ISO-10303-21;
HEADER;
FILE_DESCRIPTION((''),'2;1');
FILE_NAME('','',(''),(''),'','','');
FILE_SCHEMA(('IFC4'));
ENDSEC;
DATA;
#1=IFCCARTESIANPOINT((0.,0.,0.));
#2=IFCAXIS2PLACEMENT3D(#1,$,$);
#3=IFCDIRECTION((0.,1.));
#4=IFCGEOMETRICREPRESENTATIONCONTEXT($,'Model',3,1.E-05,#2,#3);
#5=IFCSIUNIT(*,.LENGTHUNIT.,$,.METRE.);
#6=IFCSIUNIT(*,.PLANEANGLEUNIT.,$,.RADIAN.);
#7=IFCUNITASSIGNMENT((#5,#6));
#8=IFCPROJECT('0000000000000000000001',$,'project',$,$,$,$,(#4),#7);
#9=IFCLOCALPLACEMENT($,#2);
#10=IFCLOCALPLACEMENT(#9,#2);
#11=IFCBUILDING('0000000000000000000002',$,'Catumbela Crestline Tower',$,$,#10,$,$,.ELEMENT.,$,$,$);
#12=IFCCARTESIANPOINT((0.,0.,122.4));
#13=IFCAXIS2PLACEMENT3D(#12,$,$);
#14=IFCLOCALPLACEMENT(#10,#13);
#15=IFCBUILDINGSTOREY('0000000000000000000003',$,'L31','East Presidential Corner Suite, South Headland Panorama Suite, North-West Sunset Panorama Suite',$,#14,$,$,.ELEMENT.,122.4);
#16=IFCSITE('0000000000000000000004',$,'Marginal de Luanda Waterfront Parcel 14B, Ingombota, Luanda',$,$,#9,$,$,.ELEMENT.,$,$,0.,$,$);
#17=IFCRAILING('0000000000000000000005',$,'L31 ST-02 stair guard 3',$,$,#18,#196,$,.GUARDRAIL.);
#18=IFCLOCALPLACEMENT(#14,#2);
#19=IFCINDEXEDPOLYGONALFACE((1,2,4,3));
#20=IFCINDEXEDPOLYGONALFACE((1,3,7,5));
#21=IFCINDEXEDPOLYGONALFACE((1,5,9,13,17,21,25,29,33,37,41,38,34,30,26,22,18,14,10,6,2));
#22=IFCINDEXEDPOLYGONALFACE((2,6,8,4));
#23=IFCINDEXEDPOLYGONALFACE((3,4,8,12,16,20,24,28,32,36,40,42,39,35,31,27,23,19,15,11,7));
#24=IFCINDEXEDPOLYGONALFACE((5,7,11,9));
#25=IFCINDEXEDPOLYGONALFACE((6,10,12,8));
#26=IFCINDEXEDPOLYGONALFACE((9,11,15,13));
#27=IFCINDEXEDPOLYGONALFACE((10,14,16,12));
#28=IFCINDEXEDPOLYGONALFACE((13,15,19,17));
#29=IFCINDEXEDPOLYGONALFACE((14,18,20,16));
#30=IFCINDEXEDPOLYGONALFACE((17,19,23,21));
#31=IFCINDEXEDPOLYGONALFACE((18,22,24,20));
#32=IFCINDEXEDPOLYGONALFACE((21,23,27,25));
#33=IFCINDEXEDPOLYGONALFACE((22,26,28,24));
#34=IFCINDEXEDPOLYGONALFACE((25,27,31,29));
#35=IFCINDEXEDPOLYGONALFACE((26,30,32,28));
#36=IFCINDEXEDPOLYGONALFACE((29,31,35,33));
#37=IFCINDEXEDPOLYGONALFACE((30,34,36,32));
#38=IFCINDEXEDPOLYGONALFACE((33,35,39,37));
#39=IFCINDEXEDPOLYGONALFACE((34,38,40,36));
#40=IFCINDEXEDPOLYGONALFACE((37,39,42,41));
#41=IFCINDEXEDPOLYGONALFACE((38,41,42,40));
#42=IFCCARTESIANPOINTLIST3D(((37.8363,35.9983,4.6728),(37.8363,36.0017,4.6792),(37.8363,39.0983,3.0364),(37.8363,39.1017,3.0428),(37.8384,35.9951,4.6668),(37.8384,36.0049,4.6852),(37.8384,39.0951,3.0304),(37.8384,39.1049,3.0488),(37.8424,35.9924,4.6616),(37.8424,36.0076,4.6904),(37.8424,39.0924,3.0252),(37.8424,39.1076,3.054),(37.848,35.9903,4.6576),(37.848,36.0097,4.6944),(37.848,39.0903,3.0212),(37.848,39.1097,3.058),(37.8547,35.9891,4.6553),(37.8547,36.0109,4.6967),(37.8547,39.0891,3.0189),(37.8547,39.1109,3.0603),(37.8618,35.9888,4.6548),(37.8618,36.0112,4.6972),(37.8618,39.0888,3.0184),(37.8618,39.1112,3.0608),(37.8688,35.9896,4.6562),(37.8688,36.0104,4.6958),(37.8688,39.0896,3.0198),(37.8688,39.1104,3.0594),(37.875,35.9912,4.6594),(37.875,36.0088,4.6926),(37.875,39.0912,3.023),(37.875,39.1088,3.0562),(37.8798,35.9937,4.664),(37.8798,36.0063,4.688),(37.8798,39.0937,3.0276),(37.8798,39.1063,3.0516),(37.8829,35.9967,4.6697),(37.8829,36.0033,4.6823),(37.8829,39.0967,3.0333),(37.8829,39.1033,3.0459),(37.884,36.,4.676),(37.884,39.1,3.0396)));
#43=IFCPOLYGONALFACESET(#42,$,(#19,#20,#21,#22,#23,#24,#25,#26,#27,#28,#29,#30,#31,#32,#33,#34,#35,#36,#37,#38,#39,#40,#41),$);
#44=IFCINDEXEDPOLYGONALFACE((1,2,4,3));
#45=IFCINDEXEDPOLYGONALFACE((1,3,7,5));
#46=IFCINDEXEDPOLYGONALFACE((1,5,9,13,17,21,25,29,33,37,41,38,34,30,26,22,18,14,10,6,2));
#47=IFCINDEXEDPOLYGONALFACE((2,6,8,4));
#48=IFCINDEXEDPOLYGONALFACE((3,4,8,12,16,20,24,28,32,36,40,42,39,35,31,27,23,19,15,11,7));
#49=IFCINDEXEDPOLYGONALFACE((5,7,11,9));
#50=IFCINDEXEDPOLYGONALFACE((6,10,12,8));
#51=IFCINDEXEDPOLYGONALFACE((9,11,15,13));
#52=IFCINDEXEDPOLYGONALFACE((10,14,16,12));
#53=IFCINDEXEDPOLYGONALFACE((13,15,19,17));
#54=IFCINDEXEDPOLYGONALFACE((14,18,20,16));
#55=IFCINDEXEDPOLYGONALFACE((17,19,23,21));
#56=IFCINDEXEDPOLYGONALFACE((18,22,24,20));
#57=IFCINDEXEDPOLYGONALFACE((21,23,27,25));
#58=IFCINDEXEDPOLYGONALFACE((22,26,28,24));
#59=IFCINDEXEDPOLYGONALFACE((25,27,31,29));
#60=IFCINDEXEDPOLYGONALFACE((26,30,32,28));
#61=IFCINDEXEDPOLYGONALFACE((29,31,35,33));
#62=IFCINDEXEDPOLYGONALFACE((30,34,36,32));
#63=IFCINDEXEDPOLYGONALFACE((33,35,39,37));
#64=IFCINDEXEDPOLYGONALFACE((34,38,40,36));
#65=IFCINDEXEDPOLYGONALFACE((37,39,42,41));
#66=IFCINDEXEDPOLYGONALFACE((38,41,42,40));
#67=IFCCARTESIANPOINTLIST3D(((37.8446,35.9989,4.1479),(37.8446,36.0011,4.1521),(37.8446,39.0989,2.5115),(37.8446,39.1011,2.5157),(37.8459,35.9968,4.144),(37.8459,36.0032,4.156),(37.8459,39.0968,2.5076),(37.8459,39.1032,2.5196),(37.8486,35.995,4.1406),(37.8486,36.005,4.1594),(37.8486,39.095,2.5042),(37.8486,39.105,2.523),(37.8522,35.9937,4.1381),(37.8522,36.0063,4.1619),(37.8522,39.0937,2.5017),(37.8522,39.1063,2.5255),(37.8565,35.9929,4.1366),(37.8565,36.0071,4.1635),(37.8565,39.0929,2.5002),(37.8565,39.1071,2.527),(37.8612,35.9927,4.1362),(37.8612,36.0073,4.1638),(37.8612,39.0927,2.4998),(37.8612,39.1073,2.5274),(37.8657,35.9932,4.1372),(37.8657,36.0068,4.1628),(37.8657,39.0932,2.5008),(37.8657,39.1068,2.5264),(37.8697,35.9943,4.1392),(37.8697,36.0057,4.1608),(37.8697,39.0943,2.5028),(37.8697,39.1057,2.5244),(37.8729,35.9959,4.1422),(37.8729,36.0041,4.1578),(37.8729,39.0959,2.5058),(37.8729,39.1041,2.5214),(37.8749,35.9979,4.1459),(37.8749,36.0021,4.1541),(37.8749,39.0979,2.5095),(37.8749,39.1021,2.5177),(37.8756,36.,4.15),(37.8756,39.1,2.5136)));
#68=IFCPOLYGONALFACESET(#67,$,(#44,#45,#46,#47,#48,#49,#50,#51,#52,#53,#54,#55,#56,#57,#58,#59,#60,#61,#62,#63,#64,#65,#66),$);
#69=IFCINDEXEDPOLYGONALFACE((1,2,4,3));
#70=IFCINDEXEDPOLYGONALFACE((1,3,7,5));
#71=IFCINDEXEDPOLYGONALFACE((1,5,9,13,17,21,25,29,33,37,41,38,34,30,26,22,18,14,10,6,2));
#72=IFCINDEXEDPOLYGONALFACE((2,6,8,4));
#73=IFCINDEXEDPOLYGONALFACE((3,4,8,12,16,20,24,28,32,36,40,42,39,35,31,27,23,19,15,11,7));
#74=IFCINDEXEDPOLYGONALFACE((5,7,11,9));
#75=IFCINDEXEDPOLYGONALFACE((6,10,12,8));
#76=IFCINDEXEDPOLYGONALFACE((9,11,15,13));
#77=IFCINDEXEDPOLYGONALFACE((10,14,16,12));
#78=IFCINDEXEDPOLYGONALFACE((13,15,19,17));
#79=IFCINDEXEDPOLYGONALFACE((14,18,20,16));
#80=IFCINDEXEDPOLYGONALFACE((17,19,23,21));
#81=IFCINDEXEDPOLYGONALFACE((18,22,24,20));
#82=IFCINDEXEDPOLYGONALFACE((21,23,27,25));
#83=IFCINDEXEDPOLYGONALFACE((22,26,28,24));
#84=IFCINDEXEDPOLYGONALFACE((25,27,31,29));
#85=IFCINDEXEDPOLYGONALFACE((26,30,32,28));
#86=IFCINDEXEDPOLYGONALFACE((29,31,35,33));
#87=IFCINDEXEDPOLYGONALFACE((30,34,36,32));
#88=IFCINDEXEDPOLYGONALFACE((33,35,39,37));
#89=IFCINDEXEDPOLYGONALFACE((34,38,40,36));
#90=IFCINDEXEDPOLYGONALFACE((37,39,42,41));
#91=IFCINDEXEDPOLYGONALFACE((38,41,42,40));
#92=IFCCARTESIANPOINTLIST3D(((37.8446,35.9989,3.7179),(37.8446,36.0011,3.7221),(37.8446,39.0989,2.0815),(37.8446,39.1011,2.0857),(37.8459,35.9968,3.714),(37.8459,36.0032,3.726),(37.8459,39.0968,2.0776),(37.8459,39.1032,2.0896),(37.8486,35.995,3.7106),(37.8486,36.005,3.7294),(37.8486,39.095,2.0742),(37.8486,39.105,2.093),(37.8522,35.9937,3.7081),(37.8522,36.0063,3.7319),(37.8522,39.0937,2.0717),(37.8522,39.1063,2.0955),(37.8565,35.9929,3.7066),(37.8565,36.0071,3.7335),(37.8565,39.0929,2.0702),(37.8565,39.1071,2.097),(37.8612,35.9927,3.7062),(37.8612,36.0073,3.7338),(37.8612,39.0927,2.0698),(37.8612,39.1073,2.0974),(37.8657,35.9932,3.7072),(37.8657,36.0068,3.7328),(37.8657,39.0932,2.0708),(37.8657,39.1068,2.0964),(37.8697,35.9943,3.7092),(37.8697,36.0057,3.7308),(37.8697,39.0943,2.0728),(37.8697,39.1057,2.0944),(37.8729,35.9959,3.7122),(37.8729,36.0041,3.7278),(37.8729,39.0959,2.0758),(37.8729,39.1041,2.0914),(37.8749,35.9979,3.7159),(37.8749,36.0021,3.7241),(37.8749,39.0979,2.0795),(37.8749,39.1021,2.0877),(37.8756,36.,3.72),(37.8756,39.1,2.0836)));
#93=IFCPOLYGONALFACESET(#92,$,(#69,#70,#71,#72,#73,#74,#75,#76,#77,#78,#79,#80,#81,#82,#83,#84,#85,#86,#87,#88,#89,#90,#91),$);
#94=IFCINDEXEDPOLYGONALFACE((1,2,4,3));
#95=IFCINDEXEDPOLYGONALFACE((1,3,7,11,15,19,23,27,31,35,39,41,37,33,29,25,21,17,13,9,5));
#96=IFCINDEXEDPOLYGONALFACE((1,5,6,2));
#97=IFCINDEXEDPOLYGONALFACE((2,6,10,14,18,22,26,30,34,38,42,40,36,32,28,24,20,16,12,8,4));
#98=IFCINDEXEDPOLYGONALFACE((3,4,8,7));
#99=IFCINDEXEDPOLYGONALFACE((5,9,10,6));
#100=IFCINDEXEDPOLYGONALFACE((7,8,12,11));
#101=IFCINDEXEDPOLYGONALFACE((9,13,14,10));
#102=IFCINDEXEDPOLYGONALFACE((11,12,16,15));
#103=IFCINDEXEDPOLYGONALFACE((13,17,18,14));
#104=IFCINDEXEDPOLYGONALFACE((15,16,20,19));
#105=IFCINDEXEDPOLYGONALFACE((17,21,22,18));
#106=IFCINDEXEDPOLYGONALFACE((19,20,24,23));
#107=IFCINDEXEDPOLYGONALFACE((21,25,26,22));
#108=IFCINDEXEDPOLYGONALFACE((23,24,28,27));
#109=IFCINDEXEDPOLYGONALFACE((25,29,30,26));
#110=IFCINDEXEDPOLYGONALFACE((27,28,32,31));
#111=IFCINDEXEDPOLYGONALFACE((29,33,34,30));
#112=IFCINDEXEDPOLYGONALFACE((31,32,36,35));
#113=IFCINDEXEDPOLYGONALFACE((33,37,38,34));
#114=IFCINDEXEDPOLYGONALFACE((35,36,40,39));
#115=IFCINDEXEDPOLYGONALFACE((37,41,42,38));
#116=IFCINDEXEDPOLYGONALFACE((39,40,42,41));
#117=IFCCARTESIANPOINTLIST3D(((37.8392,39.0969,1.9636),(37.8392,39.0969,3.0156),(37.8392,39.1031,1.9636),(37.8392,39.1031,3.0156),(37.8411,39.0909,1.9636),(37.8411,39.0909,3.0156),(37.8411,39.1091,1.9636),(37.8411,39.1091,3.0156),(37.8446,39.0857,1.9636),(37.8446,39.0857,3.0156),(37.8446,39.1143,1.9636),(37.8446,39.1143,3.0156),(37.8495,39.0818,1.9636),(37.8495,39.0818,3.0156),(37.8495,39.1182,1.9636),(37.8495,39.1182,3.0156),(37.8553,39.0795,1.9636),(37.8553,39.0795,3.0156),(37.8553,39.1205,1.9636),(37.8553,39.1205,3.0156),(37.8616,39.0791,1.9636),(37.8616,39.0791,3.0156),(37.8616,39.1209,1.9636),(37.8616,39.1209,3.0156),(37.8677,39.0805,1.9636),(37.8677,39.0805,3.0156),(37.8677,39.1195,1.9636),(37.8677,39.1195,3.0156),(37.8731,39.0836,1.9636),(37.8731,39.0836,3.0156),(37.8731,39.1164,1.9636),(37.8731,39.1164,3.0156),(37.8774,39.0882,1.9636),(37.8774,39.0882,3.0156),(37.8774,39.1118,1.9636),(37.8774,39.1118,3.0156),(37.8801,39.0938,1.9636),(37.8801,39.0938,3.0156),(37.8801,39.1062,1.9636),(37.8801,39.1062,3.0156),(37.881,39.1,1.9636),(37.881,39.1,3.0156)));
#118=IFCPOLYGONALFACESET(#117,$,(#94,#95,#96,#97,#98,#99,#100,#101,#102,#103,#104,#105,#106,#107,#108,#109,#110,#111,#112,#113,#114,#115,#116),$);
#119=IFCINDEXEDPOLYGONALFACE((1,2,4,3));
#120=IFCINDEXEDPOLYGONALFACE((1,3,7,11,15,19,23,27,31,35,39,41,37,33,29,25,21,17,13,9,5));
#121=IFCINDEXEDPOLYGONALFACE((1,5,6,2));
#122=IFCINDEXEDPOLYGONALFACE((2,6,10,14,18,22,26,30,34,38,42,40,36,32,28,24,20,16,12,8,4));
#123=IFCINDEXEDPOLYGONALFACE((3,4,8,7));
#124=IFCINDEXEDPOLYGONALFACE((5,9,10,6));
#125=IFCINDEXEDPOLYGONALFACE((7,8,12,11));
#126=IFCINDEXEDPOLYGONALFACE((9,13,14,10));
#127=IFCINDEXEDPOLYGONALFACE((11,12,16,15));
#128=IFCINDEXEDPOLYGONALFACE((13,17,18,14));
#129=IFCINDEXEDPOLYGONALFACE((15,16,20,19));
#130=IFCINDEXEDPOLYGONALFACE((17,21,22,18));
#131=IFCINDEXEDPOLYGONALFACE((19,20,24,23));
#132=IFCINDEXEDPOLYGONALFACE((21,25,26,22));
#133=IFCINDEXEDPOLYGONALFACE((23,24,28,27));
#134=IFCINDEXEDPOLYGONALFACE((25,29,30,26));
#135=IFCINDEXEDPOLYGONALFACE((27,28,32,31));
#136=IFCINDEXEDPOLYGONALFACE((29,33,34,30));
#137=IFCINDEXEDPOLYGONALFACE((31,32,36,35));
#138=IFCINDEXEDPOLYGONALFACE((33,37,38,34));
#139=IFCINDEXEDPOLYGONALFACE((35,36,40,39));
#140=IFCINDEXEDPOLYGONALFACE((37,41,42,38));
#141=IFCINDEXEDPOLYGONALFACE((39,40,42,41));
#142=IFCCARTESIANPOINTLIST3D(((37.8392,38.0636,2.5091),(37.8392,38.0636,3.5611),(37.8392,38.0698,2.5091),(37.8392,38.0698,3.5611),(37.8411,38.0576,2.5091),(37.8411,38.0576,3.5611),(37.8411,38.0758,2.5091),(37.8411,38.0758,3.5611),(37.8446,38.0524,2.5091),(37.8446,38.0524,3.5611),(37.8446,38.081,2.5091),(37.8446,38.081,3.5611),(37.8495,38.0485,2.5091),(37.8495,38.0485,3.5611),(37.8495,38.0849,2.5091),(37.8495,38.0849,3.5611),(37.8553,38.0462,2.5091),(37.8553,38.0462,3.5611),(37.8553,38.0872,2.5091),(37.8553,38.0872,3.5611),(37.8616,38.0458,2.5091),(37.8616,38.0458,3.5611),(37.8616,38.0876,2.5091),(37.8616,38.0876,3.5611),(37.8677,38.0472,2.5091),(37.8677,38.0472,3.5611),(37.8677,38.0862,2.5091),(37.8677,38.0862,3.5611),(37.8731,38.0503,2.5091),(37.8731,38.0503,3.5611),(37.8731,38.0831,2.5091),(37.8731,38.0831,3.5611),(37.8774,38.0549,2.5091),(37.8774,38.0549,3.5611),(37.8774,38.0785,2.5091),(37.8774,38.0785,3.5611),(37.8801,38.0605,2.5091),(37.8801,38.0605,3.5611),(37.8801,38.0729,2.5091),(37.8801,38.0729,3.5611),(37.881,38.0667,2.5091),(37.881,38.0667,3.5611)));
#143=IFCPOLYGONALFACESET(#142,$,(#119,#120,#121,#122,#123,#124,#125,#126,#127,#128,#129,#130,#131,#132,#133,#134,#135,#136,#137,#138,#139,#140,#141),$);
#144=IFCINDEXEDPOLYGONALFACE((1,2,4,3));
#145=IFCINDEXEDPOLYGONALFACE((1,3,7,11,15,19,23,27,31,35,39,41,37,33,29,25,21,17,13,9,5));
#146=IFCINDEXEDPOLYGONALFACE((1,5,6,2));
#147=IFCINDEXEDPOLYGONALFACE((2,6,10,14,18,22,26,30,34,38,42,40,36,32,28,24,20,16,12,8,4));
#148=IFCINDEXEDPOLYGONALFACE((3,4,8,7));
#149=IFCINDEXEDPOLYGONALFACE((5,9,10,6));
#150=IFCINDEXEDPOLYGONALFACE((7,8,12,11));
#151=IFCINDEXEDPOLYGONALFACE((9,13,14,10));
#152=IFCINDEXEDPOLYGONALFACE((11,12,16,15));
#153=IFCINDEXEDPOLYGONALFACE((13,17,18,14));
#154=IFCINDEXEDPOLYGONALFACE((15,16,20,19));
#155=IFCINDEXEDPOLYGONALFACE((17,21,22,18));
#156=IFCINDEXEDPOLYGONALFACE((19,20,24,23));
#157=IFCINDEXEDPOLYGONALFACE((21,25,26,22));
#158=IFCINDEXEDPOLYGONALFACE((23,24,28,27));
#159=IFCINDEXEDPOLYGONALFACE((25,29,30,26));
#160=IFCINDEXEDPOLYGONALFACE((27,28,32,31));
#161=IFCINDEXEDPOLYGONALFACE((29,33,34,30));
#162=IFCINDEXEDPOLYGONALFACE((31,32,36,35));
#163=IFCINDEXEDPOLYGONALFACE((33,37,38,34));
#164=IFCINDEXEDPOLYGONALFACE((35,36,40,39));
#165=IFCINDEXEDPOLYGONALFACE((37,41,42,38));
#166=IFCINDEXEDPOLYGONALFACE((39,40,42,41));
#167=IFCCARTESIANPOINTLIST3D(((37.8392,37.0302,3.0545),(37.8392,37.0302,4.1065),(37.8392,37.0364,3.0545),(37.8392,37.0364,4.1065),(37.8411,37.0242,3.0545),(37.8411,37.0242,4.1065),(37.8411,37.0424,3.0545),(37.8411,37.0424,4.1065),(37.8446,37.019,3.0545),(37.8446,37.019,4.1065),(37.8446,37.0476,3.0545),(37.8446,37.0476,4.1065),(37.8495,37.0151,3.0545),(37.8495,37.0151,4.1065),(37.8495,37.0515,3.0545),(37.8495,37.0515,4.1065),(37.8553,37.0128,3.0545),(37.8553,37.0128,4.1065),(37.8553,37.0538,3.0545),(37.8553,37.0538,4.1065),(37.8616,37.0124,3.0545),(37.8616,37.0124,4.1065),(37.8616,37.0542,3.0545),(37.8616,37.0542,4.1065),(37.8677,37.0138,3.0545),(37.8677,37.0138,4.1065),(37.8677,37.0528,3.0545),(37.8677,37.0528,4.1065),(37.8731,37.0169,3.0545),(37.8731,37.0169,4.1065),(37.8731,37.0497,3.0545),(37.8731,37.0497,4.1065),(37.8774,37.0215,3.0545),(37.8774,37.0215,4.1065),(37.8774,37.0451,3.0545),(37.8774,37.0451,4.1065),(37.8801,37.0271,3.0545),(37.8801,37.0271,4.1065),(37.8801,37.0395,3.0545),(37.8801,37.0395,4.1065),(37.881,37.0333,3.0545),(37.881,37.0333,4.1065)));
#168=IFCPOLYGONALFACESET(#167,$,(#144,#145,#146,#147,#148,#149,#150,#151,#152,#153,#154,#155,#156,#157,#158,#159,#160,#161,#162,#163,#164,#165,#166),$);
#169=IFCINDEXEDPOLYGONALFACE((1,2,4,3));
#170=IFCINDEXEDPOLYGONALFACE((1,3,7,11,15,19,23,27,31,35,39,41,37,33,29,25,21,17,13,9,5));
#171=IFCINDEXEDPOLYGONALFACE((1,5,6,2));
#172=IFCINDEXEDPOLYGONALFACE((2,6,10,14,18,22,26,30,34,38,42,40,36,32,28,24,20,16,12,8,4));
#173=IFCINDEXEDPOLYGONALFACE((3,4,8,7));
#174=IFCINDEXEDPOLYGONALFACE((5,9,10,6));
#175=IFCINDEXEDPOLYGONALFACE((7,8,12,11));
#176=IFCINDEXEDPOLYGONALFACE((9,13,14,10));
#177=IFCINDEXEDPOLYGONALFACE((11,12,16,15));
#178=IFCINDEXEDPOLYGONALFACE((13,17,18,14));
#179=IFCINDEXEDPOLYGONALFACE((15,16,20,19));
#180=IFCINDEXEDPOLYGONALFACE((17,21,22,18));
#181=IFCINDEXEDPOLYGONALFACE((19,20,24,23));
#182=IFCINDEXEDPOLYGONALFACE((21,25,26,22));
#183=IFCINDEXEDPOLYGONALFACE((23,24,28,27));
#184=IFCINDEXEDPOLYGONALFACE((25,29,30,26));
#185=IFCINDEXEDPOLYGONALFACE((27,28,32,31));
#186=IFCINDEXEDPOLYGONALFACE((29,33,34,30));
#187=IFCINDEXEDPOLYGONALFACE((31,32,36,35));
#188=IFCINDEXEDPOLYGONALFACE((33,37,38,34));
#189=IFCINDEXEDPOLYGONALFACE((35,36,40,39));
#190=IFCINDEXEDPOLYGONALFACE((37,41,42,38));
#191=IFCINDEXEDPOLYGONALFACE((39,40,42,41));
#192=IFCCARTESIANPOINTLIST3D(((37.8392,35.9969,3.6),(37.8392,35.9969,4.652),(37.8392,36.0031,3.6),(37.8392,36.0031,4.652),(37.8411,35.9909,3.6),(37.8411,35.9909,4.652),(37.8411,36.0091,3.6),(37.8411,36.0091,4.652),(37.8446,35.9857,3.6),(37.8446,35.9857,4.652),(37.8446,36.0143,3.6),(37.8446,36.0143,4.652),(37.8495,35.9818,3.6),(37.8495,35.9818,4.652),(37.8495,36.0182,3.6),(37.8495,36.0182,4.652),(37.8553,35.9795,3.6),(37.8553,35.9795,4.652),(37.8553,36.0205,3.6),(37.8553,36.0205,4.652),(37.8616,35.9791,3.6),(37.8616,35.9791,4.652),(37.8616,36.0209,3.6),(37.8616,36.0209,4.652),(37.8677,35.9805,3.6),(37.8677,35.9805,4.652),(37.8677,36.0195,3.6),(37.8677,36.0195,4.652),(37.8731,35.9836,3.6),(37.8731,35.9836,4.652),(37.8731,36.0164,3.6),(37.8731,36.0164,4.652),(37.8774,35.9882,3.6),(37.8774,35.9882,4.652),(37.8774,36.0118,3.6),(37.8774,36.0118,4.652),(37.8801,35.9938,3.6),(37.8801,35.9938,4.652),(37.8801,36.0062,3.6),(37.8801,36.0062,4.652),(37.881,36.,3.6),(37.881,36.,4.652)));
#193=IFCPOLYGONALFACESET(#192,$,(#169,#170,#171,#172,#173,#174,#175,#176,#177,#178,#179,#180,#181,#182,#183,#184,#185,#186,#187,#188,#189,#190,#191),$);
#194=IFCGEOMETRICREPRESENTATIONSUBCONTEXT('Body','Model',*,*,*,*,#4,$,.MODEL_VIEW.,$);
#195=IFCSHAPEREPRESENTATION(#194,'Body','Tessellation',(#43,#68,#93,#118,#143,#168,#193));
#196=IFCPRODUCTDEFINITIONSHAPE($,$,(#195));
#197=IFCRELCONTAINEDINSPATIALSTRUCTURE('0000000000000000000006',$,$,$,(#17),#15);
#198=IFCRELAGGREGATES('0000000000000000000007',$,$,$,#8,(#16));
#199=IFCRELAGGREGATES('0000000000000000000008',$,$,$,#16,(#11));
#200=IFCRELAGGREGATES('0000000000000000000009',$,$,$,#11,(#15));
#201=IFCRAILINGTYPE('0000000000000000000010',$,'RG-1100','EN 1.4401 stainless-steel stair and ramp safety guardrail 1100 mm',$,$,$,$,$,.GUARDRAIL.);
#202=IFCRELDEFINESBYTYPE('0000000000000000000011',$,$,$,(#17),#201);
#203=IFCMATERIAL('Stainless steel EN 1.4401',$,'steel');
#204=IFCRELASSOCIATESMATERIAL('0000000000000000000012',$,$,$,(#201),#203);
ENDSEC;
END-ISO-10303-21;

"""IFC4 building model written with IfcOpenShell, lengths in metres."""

from ifc_helpers import new_model, si_unit, direction, frame, origin, origin_2d, place, context, subcontext, project, spatial, circle, extrude, material, type_object, element, save


model = new_model("IFC4")

# Units and contexts
model_context = context("Model", 3, precision=1e-05, world=origin(), true_north=direction((0.0, 1.0)))
body_context = subcontext(model_context, "Body", "Model", "MODEL_VIEW")
ifc_project = project(units=[si_unit("LENGTHUNIT", "METRE"), si_unit("PLANEANGLEUNIT", "RADIAN")], contexts=[model_context])

# Site, building, storey
site_placement = place(None, origin())
site = spatial("IfcSite", under=ifc_project, at=site_placement, Name="Marginal de Luanda Waterfront Parcel 14B, Ingombota, Luanda", CompositionType="ELEMENT", RefElevation=0.0)
building_placement = place(site_placement, origin())
building = spatial("IfcBuilding", under=site, at=building_placement, Name="Catumbela Crestline Tower", CompositionType="ELEMENT")
storey_placement = place(building_placement, frame((0.0, 0.0, 122.4)))
storey = spatial("IfcBuildingStorey", under=building, at=storey_placement, Name="L31", Description="East Presidential Corner Suite, South Headland Panorama Suite, North-West Sunset Panorama Suite", CompositionType="ELEMENT", Elevation=122.4)

# Shared definitions
ifc_material_1 = material(Name="Stainless steel EN 1.4401", Category="steel")

# Railing
railing_type_1 = type_object("IfcRailingType", Name="RG-1100", Description="EN 1.4401 stainless-steel stair and ramp safety guardrail 1100 mm", PredefinedType="GUARDRAIL", material=ifc_material_1)
railing_1_placement = place(storey_placement, frame((37.86, 39.1, 1.9636)))
element("IfcRailing", 1, at=railing_1_placement, inside=storey, type_object=railing_type_1, Name="L31 ST-02 stair guard 3", PredefinedType="GUARDRAIL", context=body_context, shape_type="SweptSolid", body=[
    extrude(circle(Radius=0.024, at=origin_2d()), frame((0.0, 0.0, 1.076), z_axis=(0.0, -0.884351, 0.466823), x_axis=(1.0, 0.0, 0.0)), (0.0, 0.0, 1.0), 3.5054),
    extrude(circle(Radius=0.0156, at=origin_2d()), frame((0.0, 0.0, 0.55), z_axis=(0.0, -0.884351, 0.466823), x_axis=(1.0, 0.0, 0.0)), (0.0, 0.0, 1.0), 3.5054),
    extrude(circle(Radius=0.0156, at=origin_2d()), frame((0.0, 0.0, 0.12), z_axis=(0.0, -0.884351, 0.466823), x_axis=(1.0, 0.0, 0.0)), (0.0, 0.0, 1.0), 3.5054),
    extrude(circle(Radius=0.021, at=origin_2d()), origin(), (0.0, 0.0, 1.0), 1.052),
    extrude(circle(Radius=0.021, at=origin_2d()), frame((0.0, -1.0333, 0.5455)), (0.0, 0.0, 1.0), 1.052),
    extrude(circle(Radius=0.021, at=origin_2d()), frame((0.0, -2.0667, 1.0909)), (0.0, 0.0, 1.0), 1.052),
    extrude(circle(Radius=0.021, at=origin_2d()), frame((0.0, -3.1, 1.6364)), (0.0, 0.0, 1.0), 1.052),
])

save(model, "model.ifc")
